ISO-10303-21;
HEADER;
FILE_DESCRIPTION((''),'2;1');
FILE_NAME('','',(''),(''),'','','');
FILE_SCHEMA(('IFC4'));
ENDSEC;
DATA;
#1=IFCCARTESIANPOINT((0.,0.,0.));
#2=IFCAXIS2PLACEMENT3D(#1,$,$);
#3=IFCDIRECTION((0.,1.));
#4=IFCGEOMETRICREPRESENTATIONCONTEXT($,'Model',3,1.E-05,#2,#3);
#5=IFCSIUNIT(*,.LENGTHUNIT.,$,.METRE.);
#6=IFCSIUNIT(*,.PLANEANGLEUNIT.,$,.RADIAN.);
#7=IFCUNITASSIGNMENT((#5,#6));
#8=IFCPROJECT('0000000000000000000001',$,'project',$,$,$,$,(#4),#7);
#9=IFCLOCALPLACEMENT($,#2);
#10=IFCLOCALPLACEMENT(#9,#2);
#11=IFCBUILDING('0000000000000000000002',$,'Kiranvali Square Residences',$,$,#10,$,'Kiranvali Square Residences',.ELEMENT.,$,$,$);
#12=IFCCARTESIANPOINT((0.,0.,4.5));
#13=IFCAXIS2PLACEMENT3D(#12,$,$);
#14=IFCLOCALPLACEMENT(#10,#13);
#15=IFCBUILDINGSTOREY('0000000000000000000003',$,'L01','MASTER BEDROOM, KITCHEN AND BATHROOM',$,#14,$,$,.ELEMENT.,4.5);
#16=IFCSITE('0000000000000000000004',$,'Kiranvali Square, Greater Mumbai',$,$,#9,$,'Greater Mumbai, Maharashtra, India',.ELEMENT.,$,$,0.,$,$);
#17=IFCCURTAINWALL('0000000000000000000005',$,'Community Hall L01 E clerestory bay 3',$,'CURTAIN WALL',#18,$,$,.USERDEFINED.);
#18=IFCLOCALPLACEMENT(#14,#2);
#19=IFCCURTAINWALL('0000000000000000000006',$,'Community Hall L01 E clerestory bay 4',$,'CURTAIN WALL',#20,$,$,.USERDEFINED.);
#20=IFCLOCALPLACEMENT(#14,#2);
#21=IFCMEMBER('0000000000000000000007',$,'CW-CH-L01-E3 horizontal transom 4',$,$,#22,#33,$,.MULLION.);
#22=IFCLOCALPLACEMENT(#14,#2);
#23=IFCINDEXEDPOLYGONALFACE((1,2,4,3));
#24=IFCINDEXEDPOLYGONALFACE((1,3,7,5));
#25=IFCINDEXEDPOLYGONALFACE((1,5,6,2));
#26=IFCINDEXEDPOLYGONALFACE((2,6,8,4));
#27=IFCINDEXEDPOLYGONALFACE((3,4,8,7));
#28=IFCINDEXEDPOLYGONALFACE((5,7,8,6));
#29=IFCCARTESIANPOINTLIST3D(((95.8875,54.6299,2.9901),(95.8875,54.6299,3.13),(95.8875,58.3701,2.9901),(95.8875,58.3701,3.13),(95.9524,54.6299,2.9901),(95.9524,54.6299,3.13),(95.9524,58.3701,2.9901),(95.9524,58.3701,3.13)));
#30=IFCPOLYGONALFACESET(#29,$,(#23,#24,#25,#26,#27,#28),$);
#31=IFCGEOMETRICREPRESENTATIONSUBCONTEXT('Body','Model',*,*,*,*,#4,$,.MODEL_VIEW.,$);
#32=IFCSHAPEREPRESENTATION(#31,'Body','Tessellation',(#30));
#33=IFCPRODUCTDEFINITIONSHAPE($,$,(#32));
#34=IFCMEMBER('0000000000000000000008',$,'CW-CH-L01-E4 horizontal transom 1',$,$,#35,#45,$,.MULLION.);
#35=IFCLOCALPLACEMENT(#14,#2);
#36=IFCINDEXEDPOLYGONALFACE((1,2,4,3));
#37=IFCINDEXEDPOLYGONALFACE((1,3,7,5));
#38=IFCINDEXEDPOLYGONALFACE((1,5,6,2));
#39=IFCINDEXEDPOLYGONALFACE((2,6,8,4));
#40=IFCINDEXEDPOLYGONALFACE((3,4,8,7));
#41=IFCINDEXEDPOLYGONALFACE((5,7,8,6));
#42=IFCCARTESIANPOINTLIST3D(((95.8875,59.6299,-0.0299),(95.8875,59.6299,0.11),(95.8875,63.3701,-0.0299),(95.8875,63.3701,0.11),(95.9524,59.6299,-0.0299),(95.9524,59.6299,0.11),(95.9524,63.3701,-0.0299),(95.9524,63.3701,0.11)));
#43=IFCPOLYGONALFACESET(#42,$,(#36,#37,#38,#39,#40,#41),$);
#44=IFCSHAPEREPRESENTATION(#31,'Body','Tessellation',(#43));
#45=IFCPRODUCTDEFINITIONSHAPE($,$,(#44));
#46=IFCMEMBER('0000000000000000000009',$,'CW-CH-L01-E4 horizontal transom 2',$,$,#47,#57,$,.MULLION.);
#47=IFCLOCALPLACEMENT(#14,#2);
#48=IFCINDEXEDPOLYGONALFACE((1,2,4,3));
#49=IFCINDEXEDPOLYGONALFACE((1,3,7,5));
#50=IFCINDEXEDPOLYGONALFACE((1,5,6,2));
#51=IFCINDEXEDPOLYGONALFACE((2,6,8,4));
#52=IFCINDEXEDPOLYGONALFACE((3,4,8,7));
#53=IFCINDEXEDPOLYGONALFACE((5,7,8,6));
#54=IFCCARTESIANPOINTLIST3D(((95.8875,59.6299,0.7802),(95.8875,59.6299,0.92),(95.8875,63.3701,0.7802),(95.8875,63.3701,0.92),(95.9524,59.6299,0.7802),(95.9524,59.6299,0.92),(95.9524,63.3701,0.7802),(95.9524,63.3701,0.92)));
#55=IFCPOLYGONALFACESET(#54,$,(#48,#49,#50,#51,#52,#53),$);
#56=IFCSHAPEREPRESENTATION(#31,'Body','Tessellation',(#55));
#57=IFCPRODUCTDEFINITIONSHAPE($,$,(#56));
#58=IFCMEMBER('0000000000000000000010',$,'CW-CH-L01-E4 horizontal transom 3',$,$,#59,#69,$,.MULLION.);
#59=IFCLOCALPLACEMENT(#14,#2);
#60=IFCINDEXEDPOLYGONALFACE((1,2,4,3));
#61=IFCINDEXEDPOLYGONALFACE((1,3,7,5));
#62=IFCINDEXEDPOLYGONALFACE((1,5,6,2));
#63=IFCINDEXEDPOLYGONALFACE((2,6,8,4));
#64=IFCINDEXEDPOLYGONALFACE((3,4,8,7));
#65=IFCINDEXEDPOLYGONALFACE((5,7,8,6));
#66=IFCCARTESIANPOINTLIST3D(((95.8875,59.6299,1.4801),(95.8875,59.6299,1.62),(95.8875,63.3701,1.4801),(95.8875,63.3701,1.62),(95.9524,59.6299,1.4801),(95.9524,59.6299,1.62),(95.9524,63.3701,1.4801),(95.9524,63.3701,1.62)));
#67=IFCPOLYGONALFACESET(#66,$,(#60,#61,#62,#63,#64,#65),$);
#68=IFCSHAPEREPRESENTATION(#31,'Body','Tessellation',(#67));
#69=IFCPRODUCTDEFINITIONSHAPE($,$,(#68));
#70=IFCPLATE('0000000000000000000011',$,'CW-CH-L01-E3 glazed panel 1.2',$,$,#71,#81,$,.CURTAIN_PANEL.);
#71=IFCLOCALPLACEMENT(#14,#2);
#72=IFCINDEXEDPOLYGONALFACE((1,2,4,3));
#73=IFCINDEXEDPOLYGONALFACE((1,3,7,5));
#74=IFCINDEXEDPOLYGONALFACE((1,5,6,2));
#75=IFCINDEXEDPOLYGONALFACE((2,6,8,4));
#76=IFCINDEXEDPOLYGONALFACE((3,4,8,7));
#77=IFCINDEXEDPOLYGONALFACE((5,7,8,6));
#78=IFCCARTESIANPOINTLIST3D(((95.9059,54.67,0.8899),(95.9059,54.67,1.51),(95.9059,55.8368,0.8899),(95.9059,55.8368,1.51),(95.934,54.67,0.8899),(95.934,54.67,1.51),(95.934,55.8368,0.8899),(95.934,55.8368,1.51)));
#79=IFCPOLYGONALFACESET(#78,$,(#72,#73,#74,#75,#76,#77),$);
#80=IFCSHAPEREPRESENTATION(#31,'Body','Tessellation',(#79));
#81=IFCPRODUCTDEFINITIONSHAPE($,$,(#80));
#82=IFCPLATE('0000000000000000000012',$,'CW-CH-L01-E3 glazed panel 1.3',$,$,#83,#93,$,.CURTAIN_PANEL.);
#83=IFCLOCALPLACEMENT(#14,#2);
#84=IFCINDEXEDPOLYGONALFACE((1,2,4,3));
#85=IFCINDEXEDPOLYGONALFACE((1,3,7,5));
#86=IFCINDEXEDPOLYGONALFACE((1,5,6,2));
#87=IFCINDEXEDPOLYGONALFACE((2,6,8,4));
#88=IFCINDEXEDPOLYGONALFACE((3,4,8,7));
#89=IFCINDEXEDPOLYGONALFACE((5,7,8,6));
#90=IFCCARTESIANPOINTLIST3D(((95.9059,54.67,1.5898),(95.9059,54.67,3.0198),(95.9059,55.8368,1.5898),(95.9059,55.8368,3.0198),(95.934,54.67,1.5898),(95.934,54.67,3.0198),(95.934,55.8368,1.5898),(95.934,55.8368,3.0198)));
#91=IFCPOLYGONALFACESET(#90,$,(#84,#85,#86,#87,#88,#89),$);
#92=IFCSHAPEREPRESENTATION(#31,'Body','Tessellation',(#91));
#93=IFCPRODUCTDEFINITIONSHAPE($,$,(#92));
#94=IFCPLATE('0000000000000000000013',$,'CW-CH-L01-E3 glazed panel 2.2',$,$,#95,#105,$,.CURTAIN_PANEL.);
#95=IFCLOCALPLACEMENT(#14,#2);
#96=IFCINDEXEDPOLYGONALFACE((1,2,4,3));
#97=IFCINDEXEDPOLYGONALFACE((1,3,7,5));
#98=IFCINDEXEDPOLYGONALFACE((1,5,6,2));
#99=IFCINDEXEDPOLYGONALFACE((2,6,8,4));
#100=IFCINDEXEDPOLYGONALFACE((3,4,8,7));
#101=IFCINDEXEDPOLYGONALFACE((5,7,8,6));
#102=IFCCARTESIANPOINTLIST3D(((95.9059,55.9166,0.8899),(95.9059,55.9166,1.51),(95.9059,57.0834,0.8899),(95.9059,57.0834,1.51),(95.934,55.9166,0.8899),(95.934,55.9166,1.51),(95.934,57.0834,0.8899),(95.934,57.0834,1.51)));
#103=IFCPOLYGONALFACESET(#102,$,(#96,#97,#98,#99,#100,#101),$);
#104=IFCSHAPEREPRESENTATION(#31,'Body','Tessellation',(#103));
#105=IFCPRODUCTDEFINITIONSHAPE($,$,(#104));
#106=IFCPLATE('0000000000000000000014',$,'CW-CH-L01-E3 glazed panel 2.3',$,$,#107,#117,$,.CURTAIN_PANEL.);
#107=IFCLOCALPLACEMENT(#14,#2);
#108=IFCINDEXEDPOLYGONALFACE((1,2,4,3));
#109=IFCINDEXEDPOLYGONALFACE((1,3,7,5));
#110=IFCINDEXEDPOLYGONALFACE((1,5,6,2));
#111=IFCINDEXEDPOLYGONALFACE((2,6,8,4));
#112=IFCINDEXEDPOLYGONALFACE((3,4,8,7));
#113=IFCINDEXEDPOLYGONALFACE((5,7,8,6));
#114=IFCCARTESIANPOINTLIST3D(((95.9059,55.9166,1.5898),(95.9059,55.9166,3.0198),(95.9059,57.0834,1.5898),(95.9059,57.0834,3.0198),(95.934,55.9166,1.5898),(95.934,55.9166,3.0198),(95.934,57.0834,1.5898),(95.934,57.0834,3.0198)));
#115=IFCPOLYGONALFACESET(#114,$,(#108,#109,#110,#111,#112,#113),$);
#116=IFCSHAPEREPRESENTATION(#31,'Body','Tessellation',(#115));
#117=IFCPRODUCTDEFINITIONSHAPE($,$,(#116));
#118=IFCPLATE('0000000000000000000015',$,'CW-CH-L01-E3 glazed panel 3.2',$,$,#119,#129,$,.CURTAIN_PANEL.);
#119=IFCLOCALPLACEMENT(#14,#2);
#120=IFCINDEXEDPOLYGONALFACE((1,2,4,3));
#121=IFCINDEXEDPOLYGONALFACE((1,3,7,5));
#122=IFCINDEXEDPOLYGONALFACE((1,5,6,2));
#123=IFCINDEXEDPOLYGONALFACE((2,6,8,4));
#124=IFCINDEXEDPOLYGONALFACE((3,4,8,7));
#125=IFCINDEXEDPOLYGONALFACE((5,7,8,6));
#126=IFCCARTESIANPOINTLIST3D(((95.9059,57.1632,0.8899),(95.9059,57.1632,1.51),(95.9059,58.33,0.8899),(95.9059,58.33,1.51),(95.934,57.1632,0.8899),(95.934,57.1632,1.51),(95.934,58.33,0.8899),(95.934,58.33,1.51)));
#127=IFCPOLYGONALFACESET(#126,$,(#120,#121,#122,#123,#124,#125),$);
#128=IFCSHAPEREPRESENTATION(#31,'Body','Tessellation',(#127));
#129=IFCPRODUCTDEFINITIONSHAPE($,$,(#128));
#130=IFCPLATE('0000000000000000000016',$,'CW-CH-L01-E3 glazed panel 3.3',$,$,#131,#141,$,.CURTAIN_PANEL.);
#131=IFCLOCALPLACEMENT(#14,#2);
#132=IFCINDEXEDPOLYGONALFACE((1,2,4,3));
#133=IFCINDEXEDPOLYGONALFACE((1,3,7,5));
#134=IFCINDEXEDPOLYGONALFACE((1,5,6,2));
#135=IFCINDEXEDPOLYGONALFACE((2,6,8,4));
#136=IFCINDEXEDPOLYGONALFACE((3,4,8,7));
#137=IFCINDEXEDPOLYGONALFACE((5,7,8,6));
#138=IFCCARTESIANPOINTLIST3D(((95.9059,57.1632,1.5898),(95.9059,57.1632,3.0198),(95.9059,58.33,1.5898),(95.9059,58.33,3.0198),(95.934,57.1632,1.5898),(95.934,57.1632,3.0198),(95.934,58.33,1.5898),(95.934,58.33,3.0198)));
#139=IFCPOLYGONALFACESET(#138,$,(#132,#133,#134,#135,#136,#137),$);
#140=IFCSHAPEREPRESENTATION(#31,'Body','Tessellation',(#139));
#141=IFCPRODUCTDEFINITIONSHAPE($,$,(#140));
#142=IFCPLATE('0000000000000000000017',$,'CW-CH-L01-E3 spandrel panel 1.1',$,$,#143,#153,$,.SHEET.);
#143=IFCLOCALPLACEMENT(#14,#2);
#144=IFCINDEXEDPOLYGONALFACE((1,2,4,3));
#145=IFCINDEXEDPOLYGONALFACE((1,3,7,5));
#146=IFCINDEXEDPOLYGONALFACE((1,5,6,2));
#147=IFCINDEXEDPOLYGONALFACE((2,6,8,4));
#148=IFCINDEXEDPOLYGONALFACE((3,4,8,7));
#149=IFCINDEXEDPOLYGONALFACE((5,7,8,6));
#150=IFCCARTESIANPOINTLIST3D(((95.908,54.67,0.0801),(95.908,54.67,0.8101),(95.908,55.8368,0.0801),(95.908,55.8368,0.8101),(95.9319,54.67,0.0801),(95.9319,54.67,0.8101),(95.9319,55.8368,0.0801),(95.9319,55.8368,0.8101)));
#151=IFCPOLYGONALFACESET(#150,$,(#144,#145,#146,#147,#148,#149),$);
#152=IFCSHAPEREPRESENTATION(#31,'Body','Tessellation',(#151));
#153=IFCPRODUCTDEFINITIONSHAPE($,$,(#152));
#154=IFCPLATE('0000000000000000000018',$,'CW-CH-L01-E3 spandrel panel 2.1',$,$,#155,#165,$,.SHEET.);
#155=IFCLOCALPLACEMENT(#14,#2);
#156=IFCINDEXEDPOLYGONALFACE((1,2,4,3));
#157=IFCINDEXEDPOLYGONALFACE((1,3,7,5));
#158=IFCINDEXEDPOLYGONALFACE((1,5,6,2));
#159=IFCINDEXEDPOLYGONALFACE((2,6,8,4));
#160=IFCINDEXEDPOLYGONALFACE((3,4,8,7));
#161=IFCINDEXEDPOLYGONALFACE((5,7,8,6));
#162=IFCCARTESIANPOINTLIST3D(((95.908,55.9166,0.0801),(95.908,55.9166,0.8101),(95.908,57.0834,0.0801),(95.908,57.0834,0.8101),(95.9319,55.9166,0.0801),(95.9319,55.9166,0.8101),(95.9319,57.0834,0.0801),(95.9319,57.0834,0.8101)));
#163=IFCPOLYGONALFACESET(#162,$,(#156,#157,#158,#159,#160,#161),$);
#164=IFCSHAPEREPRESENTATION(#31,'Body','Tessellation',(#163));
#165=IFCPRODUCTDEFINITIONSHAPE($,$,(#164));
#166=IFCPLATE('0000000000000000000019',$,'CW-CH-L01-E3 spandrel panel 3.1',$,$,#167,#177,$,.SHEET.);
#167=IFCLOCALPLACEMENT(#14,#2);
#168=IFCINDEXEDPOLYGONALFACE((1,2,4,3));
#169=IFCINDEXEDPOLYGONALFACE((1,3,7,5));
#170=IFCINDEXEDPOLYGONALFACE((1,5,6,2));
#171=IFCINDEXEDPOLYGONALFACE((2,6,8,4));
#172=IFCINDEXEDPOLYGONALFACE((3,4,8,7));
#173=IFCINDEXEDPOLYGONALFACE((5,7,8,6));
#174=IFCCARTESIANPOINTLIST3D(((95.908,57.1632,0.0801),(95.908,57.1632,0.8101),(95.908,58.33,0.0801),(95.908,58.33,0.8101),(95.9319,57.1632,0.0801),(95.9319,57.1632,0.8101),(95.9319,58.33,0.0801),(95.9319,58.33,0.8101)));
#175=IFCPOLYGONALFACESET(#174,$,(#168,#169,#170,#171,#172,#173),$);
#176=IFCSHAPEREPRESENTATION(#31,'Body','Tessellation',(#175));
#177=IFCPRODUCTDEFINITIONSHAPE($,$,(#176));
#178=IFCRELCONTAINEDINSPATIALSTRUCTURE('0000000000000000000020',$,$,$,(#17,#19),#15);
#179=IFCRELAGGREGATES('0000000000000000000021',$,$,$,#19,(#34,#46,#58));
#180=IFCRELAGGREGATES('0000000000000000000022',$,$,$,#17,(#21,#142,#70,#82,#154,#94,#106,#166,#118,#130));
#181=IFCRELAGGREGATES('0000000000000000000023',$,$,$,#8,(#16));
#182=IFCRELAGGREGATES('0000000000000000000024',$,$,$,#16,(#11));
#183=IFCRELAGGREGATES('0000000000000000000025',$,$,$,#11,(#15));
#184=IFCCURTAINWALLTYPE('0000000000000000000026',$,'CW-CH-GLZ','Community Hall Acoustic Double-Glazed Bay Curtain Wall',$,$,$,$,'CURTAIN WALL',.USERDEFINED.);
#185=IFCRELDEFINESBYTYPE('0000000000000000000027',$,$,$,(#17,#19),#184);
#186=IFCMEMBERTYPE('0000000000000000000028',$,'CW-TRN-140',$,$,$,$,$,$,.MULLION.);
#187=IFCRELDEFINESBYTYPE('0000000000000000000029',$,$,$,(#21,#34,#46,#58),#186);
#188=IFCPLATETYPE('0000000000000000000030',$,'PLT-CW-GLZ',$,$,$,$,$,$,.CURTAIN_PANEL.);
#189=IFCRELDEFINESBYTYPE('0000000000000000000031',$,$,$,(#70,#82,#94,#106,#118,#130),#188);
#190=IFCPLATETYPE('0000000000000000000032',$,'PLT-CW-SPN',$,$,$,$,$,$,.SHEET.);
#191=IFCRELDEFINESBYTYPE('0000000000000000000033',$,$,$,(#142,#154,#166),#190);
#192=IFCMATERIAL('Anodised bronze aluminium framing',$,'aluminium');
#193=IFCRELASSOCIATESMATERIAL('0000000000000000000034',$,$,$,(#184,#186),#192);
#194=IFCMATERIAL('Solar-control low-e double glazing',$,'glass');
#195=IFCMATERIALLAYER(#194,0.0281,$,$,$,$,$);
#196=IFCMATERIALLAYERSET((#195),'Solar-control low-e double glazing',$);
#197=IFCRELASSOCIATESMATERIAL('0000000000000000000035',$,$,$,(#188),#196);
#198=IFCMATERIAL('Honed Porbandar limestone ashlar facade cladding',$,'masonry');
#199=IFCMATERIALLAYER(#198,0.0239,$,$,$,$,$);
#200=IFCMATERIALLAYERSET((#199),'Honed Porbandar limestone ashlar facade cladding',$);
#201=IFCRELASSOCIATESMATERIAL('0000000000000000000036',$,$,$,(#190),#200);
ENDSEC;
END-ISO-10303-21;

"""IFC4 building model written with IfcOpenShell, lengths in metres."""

from ifc_helpers import new_model, si_unit, direction, frame, origin, origin_2d, place, context, subcontext, project, spatial, rectangle, extrude, material, layer, layer_set, material_profile, profile_set, type_object, element, aggregate, save


model = new_model("IFC4")

# Units and contexts
model_context = context("Model", 3, precision=1e-05, world=origin(), true_north=direction((0.0, 1.0)))
body_context = subcontext(model_context, "Body", "Model", "MODEL_VIEW")
ifc_project = project(units=[si_unit("LENGTHUNIT", "METRE"), si_unit("PLANEANGLEUNIT", "RADIAN")], contexts=[model_context])

# Site, building, storey
site_placement = place(None, origin())
site = spatial("IfcSite", under=ifc_project, at=site_placement, Name="Kiranvali Square, Greater Mumbai", LongName="Greater Mumbai, Maharashtra, India", CompositionType="ELEMENT", RefElevation=0.0)
building_placement = place(site_placement, origin())
building = spatial("IfcBuilding", under=site, at=building_placement, Name="Kiranvali Square Residences", LongName="Kiranvali Square Residences", CompositionType="ELEMENT")
storey_placement = place(building_placement, frame((0.0, 0.0, 4.5)))
storey = spatial("IfcBuildingStorey", under=building, at=storey_placement, Name="L01", Description="MASTER BEDROOM, KITCHEN AND BATHROOM", CompositionType="ELEMENT", Elevation=4.5)

# Curtain wall
ifc_material_1 = material(Name="Anodised bronze aluminium framing", Category="aluminium")
curtain_wall_type = type_object("IfcCurtainWallType", Name="CW-CH-GLZ", Description="Community Hall Acoustic Double-Glazed Bay Curtain Wall", ElementType="CURTAIN WALL", PredefinedType="USERDEFINED", material=ifc_material_1)
curtain_wall_1_placement = place(storey_placement, origin())
curtain_wall_1 = element("IfcCurtainWall", 1, at=curtain_wall_1_placement, inside=storey, type_object=curtain_wall_type, Name="Community Hall L01 E clerestory bay 3", ObjectType="CURTAIN WALL", PredefinedType="USERDEFINED")

# Curtain wall
curtain_wall_2_placement = place(storey_placement, origin())
curtain_wall_2 = element("IfcCurtainWall", 2, at=curtain_wall_2_placement, inside=storey, type_object=curtain_wall_type, Name="Community Hall L01 E clerestory bay 4", ObjectType="CURTAIN WALL", PredefinedType="USERDEFINED")

# Members
ifc_material_profile_1 = material_profile(ifc_material_1, rectangle(XDim=0.0649, YDim=0.1399, at=origin_2d()), Name="ALU 65x140")
ifc_profile_set_1 = profile_set([ifc_material_profile_1], Name="Anodised bronze aluminium framing")
member_type_1 = type_object("IfcMemberType", Name="CW-TRN-140", PredefinedType="MULLION", material=ifc_profile_set_1)
member_1_placement = place(storey_placement, frame((95.9199, 54.6299, 3.0601), z_axis=(0.0, 1.0, 0.0), x_axis=(-1.0, 0.0, 0.0)))
member_1 = element("IfcMember", 3, at=member_1_placement, type_object=member_type_1, Name="CW-CH-L01-E3 horizontal transom 4", PredefinedType="MULLION", context=body_context, shape_type="SweptSolid", body=[
    extrude(rectangle(XDim=0.0649, YDim=0.1399, at=origin_2d()), origin(), (0.0, 0.0, 1.0), 3.7402),
])
member_2_placement = place(storey_placement, frame((95.9199, 59.6299, 0.04), z_axis=(0.0, 1.0, 0.0), x_axis=(-1.0, 0.0, 0.0)))
member_2 = element("IfcMember", 4, at=member_2_placement, type_object=member_type_1, Name="CW-CH-L01-E4 horizontal transom 1", PredefinedType="MULLION", context=body_context, shape_type="SweptSolid", body=[
    extrude(rectangle(XDim=0.0649, YDim=0.1399, at=origin_2d()), origin(), (0.0, 0.0, 1.0), 3.7402),
])
member_3_placement = place(storey_placement, frame((95.9199, 59.6299, 0.8501), z_axis=(0.0, 1.0, 0.0), x_axis=(-1.0, 0.0, 0.0)))
member_3 = element("IfcMember", 5, at=member_3_placement, type_object=member_type_1, Name="CW-CH-L01-E4 horizontal transom 2", PredefinedType="MULLION", context=body_context, shape_type="SweptSolid", body=[
    extrude(rectangle(XDim=0.0649, YDim=0.1399, at=origin_2d()), origin(), (0.0, 0.0, 1.0), 3.7402),
])
member_4_placement = place(storey_placement, frame((95.9199, 59.6299, 1.55), z_axis=(0.0, 1.0, 0.0), x_axis=(-1.0, 0.0, 0.0)))
member_4 = element("IfcMember", 6, at=member_4_placement, type_object=member_type_1, Name="CW-CH-L01-E4 horizontal transom 3", PredefinedType="MULLION", context=body_context, shape_type="SweptSolid", body=[
    extrude(rectangle(XDim=0.0649, YDim=0.1399, at=origin_2d()), origin(), (0.0, 0.0, 1.0), 3.7402),
])
aggregate(curtain_wall_2, [member_2, member_3, member_4])

# Plates
ifc_material_2 = material(Name="Solar-control low-e double glazing", Category="glass")
ifc_layer_1 = layer(ifc_material_2, 0.0281)
ifc_layer_set_1 = layer_set([ifc_layer_1], Name="Solar-control low-e double glazing")
plate_type_1 = type_object("IfcPlateType", Name="PLT-CW-GLZ", PredefinedType="CURTAIN_PANEL", material=ifc_layer_set_1)
plate_1_placement = place(storey_placement, frame((95.9199, 55.2534, 0.8899), z_axis=(0.0, 0.0, 1.0), x_axis=(0.0, 1.0, 0.0)))
plate_1 = element("IfcPlate", 7, at=plate_1_placement, type_object=plate_type_1, Name="CW-CH-L01-E3 glazed panel 1.2", PredefinedType="CURTAIN_PANEL", context=body_context, shape_type="SweptSolid", body=[
    extrude(rectangle(XDim=1.1667, YDim=0.0281, at=origin_2d()), origin(), (0.0, 0.0, 1.0), 0.6201),
])
plate_2_placement = place(storey_placement, frame((95.9199, 55.2534, 1.5898), z_axis=(0.0, 0.0, 1.0), x_axis=(0.0, 1.0, 0.0)))
plate_2 = element("IfcPlate", 8, at=plate_2_placement, type_object=plate_type_1, Name="CW-CH-L01-E3 glazed panel 1.3", PredefinedType="CURTAIN_PANEL", context=body_context, shape_type="SweptSolid", body=[
    extrude(rectangle(XDim=1.1667, YDim=0.0281, at=origin_2d()), origin(), (0.0, 0.0, 1.0), 1.4299),
])
plate_3_placement = place(storey_placement, frame((95.9199, 56.5, 0.8899), z_axis=(0.0, 0.0, 1.0), x_axis=(0.0, 1.0, 0.0)))
plate_3 = element("IfcPlate", 9, at=plate_3_placement, type_object=plate_type_1, Name="CW-CH-L01-E3 glazed panel 2.2", PredefinedType="CURTAIN_PANEL", context=body_context, shape_type="SweptSolid", body=[
    extrude(rectangle(XDim=1.1667, YDim=0.0281, at=origin_2d()), origin(), (0.0, 0.0, 1.0), 0.6201),
])
plate_4_placement = place(storey_placement, frame((95.9199, 56.5, 1.5898), z_axis=(0.0, 0.0, 1.0), x_axis=(0.0, 1.0, 0.0)))
plate_4 = element("IfcPlate", 10, at=plate_4_placement, type_object=plate_type_1, Name="CW-CH-L01-E3 glazed panel 2.3", PredefinedType="CURTAIN_PANEL", context=body_context, shape_type="SweptSolid", body=[
    extrude(rectangle(XDim=1.1667, YDim=0.0281, at=origin_2d()), origin(), (0.0, 0.0, 1.0), 1.4299),
])
plate_5_placement = place(storey_placement, frame((95.9199, 57.7466, 0.8899), z_axis=(0.0, 0.0, 1.0), x_axis=(0.0, 1.0, 0.0)))
plate_5 = element("IfcPlate", 11, at=plate_5_placement, type_object=plate_type_1, Name="CW-CH-L01-E3 glazed panel 3.2", PredefinedType="CURTAIN_PANEL", context=body_context, shape_type="SweptSolid", body=[
    extrude(rectangle(XDim=1.1667, YDim=0.0281, at=origin_2d()), origin(), (0.0, 0.0, 1.0), 0.6201),
])
plate_6_placement = place(storey_placement, frame((95.9199, 57.7466, 1.5898), z_axis=(0.0, 0.0, 1.0), x_axis=(0.0, 1.0, 0.0)))
plate_6 = element("IfcPlate", 12, at=plate_6_placement, type_object=plate_type_1, Name="CW-CH-L01-E3 glazed panel 3.3", PredefinedType="CURTAIN_PANEL", context=body_context, shape_type="SweptSolid", body=[
    extrude(rectangle(XDim=1.1667, YDim=0.0281, at=origin_2d()), origin(), (0.0, 0.0, 1.0), 1.4299),
])
ifc_material_3 = material(Name="Honed Porbandar limestone ashlar facade cladding", Category="masonry")
ifc_layer_2 = layer(ifc_material_3, 0.0239)
ifc_layer_set_2 = layer_set([ifc_layer_2], Name="Honed Porbandar limestone ashlar facade cladding")
plate_type_2 = type_object("IfcPlateType", Name="PLT-CW-SPN", PredefinedType="SHEET", material=ifc_layer_set_2)
plate_7_placement = place(storey_placement, frame((95.9199, 55.2534, 0.0801), z_axis=(0.0, 0.0, 1.0), x_axis=(0.0, 1.0, 0.0)))
plate_7 = element("IfcPlate", 13, at=plate_7_placement, type_object=plate_type_2, Name="CW-CH-L01-E3 spandrel panel 1.1", PredefinedType="SHEET", context=body_context, shape_type="SweptSolid", body=[
    extrude(rectangle(XDim=1.1667, YDim=0.0239, at=origin_2d()), origin(), (0.0, 0.0, 1.0), 0.73),
])
plate_8_placement = place(storey_placement, frame((95.9199, 56.5, 0.0801), z_axis=(0.0, 0.0, 1.0), x_axis=(0.0, 1.0, 0.0)))
plate_8 = element("IfcPlate", 14, at=plate_8_placement, type_object=plate_type_2, Name="CW-CH-L01-E3 spandrel panel 2.1", PredefinedType="SHEET", context=body_context, shape_type="SweptSolid", body=[
    extrude(rectangle(XDim=1.1667, YDim=0.0239, at=origin_2d()), origin(), (0.0, 0.0, 1.0), 0.73),
])
plate_9_placement = place(storey_placement, frame((95.9199, 57.7466, 0.0801), z_axis=(0.0, 0.0, 1.0), x_axis=(0.0, 1.0, 0.0)))
plate_9 = element("IfcPlate", 15, at=plate_9_placement, type_object=plate_type_2, Name="CW-CH-L01-E3 spandrel panel 3.1", PredefinedType="SHEET", context=body_context, shape_type="SweptSolid", body=[
    extrude(rectangle(XDim=1.1667, YDim=0.0239, at=origin_2d()), origin(), (0.0, 0.0, 1.0), 0.73),
])
aggregate(curtain_wall_1, [member_1, plate_7, plate_1, plate_2, plate_8, plate_3, plate_4, plate_9, plate_5, plate_6])

save(model, "model.ifc")
